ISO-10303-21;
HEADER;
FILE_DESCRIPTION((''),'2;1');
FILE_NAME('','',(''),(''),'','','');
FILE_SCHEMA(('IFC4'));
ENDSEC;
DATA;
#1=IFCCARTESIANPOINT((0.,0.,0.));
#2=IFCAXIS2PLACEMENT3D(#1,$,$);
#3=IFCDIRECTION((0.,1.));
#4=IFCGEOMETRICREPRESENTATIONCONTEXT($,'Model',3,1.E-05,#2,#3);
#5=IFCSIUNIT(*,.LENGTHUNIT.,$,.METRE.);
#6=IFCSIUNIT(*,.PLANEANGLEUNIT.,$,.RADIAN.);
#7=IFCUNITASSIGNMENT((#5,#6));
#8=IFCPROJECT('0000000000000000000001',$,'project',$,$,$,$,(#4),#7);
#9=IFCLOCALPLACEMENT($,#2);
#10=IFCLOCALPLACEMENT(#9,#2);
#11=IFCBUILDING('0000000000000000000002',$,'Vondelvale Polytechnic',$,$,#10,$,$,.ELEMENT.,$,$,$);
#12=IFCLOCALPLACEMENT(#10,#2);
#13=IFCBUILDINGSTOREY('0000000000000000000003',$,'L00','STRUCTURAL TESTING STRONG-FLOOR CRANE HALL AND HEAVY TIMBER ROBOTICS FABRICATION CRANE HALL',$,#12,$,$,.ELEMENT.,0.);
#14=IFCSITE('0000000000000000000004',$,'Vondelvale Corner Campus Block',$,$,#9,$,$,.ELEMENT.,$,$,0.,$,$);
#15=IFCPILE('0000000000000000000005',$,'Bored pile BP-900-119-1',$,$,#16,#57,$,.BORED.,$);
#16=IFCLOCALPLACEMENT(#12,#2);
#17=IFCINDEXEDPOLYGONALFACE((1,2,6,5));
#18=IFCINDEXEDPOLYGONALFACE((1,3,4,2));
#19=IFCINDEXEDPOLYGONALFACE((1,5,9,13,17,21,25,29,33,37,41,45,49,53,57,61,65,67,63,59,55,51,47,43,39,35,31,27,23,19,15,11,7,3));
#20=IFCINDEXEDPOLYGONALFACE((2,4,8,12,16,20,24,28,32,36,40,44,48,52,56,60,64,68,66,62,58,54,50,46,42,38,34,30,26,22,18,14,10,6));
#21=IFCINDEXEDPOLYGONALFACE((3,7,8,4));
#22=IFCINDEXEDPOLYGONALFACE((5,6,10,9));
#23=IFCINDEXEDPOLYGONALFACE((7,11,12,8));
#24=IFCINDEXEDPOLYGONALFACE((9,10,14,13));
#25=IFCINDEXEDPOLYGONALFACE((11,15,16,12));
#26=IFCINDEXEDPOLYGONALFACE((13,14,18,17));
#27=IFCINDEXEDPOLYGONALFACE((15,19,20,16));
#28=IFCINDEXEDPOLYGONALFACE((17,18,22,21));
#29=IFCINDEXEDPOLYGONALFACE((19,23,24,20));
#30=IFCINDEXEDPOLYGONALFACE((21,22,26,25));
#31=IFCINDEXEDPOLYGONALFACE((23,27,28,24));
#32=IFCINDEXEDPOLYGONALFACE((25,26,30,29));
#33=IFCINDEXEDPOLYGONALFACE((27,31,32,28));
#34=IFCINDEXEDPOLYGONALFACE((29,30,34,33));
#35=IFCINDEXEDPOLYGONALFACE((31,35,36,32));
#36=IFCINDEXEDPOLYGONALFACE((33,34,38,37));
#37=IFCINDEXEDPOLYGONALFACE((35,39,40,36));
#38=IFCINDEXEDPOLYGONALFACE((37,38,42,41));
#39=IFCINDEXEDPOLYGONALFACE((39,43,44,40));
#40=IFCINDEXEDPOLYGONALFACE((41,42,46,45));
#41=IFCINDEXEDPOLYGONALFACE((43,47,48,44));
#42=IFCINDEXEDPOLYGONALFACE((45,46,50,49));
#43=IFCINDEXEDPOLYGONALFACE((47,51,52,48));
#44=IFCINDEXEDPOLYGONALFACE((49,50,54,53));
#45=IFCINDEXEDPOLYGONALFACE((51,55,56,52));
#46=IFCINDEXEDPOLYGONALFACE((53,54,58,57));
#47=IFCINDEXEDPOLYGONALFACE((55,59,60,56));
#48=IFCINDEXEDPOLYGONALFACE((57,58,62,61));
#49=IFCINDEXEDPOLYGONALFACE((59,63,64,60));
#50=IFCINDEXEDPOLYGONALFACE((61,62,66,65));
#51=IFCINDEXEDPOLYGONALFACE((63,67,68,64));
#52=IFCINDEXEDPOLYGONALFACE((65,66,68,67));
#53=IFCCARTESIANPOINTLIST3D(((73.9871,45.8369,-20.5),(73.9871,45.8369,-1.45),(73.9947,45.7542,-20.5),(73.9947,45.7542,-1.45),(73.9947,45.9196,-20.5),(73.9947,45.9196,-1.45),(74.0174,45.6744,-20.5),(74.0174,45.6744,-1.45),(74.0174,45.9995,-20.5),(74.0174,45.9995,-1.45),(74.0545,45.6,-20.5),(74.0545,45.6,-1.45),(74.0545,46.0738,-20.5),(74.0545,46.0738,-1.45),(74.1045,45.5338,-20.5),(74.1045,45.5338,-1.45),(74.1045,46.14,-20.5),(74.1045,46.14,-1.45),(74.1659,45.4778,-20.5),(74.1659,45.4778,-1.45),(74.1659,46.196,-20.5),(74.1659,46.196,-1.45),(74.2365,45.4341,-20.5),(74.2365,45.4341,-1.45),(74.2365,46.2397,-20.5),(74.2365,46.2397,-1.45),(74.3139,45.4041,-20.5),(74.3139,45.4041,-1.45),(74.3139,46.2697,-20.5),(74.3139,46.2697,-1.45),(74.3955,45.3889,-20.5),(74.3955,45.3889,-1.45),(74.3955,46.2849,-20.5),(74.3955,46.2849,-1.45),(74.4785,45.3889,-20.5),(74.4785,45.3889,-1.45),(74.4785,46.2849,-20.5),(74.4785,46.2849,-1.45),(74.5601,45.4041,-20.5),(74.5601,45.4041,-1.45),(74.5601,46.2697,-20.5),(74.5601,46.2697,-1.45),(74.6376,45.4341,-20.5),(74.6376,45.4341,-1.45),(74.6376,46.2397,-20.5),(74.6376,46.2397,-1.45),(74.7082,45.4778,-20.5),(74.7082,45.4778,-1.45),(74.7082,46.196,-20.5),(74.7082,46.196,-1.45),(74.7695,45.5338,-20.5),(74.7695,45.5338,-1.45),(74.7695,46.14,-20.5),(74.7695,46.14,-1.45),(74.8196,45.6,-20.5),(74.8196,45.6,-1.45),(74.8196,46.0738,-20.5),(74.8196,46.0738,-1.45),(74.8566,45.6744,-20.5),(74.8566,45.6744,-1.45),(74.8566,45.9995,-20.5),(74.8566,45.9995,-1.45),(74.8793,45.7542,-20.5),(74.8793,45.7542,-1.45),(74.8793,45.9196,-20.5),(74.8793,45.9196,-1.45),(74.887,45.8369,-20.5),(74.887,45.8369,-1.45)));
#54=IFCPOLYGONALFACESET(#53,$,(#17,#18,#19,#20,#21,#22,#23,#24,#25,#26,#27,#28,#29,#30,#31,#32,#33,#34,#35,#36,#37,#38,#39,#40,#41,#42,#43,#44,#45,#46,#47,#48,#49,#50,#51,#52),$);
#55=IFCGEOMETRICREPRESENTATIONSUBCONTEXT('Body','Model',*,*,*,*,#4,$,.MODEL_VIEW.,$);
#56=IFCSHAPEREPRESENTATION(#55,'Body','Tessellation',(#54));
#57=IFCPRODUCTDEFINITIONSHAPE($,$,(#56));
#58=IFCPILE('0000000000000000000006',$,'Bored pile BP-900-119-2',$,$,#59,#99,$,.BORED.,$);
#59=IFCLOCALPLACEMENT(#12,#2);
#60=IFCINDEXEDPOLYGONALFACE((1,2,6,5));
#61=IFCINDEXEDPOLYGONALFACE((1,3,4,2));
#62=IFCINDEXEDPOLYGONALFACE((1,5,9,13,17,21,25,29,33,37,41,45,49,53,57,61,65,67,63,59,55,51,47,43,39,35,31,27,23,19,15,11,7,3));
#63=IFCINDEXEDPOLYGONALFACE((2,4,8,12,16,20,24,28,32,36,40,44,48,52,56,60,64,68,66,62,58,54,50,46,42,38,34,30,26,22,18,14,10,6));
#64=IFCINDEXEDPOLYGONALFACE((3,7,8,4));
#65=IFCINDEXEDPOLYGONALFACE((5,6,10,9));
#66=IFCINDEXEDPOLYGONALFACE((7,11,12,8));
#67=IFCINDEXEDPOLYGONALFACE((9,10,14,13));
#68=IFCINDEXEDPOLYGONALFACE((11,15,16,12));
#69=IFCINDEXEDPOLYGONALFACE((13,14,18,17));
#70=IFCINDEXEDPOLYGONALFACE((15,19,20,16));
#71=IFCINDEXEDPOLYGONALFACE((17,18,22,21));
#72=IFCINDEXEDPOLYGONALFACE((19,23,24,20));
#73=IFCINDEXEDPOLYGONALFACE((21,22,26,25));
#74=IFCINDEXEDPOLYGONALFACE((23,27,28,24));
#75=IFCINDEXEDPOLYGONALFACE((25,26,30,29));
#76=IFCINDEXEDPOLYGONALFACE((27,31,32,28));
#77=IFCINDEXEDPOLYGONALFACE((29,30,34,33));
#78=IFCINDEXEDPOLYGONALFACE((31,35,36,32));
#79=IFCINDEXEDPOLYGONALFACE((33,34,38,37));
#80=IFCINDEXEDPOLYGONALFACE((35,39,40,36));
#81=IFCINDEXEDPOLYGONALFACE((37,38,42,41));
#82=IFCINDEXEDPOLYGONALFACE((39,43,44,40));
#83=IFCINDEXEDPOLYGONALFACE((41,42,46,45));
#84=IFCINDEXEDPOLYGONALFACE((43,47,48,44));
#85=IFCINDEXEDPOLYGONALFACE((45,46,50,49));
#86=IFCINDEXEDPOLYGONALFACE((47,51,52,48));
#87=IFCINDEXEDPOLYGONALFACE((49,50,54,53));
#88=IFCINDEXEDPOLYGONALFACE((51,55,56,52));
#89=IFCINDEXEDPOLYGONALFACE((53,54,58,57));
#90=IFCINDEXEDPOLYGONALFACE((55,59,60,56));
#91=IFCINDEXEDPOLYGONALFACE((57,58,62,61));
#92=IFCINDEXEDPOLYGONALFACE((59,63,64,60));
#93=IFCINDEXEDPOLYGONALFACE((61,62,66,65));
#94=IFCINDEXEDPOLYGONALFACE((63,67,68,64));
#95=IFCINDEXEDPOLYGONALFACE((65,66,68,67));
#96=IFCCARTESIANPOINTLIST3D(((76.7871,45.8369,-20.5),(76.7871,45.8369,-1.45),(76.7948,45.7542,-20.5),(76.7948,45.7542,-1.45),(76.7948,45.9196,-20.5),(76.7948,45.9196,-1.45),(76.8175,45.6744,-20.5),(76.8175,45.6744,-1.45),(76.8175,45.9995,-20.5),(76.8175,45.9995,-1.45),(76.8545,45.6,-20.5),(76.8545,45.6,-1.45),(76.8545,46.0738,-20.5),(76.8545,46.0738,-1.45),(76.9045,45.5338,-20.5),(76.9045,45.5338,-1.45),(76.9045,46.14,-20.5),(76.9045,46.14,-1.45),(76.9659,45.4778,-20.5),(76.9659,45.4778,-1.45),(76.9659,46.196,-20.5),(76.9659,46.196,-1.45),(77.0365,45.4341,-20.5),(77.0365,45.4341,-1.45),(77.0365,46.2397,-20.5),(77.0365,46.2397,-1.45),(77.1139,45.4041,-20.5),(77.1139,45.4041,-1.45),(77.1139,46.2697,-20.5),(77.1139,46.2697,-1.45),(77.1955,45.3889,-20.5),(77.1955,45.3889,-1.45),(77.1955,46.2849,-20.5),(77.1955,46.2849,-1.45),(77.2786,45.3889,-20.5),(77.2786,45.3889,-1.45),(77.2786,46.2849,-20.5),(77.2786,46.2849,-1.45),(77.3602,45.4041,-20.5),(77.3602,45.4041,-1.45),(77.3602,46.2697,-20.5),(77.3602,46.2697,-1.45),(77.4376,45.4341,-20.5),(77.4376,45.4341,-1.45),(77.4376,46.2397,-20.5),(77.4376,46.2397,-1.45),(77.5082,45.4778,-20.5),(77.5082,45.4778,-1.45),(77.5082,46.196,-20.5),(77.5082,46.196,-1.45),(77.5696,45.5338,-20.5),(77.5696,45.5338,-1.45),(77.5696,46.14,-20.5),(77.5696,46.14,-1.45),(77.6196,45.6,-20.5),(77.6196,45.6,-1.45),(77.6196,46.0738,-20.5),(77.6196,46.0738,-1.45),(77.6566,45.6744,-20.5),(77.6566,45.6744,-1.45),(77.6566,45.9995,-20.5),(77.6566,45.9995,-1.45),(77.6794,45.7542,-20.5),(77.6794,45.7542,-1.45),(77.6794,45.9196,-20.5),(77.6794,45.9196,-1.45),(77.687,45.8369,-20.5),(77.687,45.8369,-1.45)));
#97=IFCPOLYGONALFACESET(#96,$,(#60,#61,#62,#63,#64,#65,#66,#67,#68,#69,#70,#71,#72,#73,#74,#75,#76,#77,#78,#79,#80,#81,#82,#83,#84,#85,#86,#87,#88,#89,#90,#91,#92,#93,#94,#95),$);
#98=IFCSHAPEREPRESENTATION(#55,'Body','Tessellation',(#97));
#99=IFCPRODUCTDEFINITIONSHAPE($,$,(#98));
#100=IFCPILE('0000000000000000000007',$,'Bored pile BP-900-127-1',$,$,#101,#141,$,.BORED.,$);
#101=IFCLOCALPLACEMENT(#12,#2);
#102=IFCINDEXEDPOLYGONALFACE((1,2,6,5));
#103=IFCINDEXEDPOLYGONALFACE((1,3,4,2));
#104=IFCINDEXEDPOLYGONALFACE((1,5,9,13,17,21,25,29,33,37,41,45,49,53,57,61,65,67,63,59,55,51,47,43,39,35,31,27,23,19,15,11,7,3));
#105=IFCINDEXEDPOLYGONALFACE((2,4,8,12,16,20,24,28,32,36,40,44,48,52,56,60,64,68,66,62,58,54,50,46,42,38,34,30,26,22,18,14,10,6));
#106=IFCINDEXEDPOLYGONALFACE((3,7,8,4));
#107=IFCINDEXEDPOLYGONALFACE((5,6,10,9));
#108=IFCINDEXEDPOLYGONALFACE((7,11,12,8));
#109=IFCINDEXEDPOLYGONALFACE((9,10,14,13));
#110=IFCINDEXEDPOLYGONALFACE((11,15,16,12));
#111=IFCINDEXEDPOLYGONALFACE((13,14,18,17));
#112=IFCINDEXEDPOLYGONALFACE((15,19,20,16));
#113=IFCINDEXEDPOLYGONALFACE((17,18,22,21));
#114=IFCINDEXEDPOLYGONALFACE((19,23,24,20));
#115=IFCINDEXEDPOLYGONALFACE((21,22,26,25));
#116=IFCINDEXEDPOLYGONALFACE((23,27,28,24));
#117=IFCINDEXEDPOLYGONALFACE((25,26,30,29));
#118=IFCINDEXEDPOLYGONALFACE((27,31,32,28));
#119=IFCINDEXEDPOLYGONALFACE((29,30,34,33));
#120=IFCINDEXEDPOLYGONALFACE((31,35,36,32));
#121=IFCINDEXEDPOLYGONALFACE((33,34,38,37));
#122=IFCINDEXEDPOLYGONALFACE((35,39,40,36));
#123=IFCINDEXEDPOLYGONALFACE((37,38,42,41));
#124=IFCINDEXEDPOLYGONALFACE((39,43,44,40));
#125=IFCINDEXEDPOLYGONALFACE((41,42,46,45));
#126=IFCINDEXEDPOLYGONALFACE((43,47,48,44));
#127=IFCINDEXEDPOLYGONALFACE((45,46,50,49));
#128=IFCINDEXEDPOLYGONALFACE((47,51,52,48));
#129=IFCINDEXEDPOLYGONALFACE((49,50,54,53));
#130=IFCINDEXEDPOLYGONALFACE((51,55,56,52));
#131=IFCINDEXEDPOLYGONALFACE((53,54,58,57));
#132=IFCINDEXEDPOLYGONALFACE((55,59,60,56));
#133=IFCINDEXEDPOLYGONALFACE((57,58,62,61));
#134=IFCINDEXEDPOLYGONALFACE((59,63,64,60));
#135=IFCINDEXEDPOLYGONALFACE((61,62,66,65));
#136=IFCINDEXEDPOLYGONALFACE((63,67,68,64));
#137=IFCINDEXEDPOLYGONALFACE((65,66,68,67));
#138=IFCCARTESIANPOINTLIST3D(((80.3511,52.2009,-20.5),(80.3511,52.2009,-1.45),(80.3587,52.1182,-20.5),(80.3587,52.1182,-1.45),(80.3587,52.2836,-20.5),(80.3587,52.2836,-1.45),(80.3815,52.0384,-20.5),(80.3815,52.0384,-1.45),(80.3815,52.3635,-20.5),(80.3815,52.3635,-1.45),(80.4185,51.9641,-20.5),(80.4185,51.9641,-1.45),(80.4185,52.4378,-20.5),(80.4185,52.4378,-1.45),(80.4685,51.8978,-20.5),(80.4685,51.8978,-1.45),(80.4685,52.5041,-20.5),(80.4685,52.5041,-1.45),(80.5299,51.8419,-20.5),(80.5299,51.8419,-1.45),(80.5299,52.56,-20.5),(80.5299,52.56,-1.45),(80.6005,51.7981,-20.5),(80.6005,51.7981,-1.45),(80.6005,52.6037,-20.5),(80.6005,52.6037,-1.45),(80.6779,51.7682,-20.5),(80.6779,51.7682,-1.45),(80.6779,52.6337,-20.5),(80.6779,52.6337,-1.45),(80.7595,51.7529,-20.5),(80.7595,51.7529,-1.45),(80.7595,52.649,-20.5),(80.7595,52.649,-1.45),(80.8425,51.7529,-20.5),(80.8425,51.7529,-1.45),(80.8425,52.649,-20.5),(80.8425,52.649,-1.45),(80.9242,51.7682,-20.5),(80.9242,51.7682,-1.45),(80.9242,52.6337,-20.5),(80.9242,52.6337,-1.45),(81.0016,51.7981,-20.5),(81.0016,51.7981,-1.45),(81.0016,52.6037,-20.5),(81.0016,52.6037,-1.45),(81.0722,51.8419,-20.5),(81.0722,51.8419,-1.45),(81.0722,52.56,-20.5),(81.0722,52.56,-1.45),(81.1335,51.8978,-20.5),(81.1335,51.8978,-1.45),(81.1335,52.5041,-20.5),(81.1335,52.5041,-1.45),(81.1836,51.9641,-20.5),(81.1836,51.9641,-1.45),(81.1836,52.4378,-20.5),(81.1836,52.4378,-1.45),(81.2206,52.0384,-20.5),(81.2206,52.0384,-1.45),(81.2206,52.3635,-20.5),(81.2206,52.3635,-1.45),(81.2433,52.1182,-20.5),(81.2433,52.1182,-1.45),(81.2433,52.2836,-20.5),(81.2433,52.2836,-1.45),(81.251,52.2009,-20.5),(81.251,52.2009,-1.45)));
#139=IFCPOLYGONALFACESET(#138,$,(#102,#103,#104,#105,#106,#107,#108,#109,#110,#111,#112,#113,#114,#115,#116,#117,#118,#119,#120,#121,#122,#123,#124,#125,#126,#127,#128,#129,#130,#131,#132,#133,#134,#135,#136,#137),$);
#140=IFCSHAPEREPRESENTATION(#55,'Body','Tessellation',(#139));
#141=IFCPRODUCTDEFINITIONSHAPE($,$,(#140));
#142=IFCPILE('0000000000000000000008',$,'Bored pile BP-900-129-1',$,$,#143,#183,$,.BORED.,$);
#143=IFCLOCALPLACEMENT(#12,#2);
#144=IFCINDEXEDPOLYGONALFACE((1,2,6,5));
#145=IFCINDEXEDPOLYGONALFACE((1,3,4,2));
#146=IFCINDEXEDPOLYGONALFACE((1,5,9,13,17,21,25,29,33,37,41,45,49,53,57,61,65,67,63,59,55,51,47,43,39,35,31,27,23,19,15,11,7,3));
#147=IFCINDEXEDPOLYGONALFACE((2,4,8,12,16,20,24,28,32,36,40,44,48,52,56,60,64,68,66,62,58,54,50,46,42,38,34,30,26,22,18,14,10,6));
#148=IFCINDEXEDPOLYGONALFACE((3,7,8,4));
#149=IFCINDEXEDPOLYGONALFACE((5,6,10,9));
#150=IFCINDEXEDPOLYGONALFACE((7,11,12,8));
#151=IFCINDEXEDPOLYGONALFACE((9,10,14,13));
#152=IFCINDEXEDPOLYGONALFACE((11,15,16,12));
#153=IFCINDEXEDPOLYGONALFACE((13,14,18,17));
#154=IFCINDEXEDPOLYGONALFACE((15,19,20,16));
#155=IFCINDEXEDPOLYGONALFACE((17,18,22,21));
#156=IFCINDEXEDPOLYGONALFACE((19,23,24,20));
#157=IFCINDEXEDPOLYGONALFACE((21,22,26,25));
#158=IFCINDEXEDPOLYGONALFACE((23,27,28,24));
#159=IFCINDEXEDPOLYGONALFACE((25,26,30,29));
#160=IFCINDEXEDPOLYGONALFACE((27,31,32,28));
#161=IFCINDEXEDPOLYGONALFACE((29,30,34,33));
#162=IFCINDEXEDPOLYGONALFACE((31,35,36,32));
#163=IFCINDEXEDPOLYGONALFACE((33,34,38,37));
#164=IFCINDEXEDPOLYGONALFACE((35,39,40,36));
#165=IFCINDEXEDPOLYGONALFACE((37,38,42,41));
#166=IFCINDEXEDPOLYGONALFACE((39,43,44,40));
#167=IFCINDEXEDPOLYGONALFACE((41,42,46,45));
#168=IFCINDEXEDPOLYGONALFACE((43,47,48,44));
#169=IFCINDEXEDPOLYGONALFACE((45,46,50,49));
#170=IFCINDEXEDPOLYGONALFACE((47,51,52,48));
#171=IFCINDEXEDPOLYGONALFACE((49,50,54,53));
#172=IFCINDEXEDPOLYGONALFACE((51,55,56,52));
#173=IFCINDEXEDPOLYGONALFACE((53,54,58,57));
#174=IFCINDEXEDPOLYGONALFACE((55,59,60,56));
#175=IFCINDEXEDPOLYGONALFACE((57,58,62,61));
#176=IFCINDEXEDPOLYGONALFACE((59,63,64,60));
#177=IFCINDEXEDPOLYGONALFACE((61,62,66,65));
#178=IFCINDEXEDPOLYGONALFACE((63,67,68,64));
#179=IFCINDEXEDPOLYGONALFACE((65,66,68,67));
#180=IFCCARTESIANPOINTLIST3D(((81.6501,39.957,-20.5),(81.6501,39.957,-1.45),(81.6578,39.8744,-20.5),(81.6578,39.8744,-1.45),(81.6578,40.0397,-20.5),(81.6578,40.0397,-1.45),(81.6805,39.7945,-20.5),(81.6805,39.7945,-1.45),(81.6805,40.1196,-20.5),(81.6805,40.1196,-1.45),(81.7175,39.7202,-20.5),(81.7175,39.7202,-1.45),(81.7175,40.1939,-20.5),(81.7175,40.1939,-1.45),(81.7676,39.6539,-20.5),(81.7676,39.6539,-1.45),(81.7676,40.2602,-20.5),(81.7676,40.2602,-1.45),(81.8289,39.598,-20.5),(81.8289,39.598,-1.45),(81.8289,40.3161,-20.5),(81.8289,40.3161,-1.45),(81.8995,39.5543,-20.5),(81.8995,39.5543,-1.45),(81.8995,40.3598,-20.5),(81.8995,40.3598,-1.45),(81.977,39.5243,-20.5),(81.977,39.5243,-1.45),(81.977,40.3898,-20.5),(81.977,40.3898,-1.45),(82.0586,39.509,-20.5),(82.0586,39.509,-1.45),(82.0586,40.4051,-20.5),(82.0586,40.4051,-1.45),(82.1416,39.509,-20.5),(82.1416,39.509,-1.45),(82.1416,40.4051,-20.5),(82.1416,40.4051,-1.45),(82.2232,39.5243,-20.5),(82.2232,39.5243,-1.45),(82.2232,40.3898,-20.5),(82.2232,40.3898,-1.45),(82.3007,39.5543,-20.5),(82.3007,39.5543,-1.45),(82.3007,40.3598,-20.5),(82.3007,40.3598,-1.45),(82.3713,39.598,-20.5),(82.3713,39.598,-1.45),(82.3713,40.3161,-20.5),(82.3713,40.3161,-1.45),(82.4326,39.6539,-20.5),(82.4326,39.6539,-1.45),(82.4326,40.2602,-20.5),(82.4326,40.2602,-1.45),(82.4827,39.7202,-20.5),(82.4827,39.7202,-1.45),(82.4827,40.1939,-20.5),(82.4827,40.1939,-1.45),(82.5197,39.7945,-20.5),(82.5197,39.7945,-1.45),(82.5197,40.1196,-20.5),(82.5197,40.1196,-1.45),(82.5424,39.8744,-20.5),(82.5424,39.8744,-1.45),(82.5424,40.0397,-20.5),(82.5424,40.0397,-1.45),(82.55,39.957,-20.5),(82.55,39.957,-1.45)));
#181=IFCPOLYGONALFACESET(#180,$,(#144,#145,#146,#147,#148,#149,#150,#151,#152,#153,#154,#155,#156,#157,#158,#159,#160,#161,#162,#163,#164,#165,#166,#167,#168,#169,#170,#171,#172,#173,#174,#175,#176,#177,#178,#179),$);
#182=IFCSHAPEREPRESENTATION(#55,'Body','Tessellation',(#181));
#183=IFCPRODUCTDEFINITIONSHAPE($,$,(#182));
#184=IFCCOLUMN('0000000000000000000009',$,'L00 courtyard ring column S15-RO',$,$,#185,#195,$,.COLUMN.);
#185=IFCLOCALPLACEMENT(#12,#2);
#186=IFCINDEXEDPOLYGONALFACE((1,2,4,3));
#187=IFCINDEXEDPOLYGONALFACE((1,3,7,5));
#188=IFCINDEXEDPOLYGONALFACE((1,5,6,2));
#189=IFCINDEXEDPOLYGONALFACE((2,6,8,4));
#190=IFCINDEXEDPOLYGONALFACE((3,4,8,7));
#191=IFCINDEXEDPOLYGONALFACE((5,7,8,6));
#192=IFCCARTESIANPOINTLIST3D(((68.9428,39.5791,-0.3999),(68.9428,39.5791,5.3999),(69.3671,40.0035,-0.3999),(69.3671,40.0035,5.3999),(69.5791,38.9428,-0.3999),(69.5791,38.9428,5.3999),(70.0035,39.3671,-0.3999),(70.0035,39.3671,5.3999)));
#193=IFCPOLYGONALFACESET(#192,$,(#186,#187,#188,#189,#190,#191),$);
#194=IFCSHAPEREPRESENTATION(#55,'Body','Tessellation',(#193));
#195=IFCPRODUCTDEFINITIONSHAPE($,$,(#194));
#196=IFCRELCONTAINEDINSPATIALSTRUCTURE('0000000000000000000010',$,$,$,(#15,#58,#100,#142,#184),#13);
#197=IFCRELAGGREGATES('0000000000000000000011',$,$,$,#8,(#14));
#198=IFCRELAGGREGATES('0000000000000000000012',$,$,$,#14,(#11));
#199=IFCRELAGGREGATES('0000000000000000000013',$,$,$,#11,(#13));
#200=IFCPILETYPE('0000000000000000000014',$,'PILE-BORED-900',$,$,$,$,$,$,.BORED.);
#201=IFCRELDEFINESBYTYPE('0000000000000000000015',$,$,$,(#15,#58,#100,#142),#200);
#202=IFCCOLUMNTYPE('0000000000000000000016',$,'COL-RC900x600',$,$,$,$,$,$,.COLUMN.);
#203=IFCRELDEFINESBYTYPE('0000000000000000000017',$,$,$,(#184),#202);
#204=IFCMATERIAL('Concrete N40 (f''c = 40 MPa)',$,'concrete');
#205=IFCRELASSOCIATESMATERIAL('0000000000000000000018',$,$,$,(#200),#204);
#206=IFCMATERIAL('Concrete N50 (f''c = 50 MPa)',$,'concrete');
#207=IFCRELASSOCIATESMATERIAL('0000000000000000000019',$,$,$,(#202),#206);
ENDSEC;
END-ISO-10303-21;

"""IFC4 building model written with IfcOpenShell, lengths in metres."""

from ifc_helpers import new_model, si_unit, direction, frame, origin, origin_2d, place, context, subcontext, project, spatial, rectangle, circle, extrude, material, material_profile, profile_set, type_object, element, save


model = new_model("IFC4")

# Units and contexts
model_context = context("Model", 3, precision=1e-05, world=origin(), true_north=direction((0.0, 1.0)))
body_context = subcontext(model_context, "Body", "Model", "MODEL_VIEW")
ifc_project = project(units=[si_unit("LENGTHUNIT", "METRE"), si_unit("PLANEANGLEUNIT", "RADIAN")], contexts=[model_context])

# Site, building, storey
site_placement = place(None, origin())
site = spatial("IfcSite", under=ifc_project, at=site_placement, Name="Vondelvale Corner Campus Block", CompositionType="ELEMENT", RefElevation=0.0)
building_placement = place(site_placement, origin())
building = spatial("IfcBuilding", under=site, at=building_placement, Name="Vondelvale Polytechnic", CompositionType="ELEMENT")
storey_placement = place(building_placement, origin())
storey = spatial("IfcBuildingStorey", under=building, at=storey_placement, Name="L00", Description="STRUCTURAL TESTING STRONG-FLOOR CRANE HALL AND HEAVY TIMBER ROBOTICS FABRICATION CRANE HALL", CompositionType="ELEMENT", Elevation=0.0)

# Shared definitions
ifc_material_1 = material(Name="Concrete N40 (f'c = 40 MPa)", Category="concrete")

# Piles
ifc_material_profile_1 = material_profile(ifc_material_1, circle(Radius=0.45, at=origin_2d()), Name="PILE-D900")
ifc_profile_set_1 = profile_set([ifc_material_profile_1], Name="Concrete N40 (f'c = 40 MPa)")
pile_type_1 = type_object("IfcPileType", Name="PILE-BORED-900", PredefinedType="BORED", material=ifc_profile_set_1)
for number, where, z_axis, x_axis, name in (
    (1, (74.437, 45.8369, -1.45), (0.0, 0.0, -1.0), (1.0, 0.0, 0.0), "Bored pile BP-900-119-1"),
    (2, (77.2371, 45.8369, -1.45), (0.0, 0.0, -1.0), (1.0, 0.0, 0.0), "Bored pile BP-900-119-2"),
    (3, (80.801, 52.2009, -1.45), (0.0, 0.0, -1.0), (1.0, 0.0, 0.0), "Bored pile BP-900-127-1"),
    (4, (82.1001, 39.957, -1.45), (0.0, 0.0, -1.0), (1.0, 0.0, 0.0), "Bored pile BP-900-129-1"),
):
    element("IfcPile", number, at=place(storey_placement, frame(where, z_axis=z_axis, x_axis=x_axis)), inside=storey, type_object=pile_type_1, Name=name, PredefinedType="BORED", context=body_context, shape_type="SweptSolid", body=[
        extrude(circle(Radius=0.45, at=origin_2d()), origin(), (0.0, 0.0, 1.0), 19.05),
    ])

# Column
ifc_material_2 = material(Name="Concrete N50 (f'c = 50 MPa)", Category="concrete")
ifc_material_profile_2 = material_profile(ifc_material_2, rectangle(XDim=0.6001, YDim=0.8999, at=origin_2d()), Name="RC-COL-900x600")
ifc_profile_set_2 = profile_set([ifc_material_profile_2], Name="Concrete N50 (f'c = 50 MPa)")
column_type_1 = type_object("IfcColumnType", Name="COL-RC900x600", PredefinedType="COLUMN", material=ifc_profile_set_2)
column_1_placement = place(storey_placement, frame((69.4731, 39.4731, -0.3999), z_axis=(0.0, 0.0, 1.0), x_axis=(0.707107, 0.707107, 0.0)))
element("IfcColumn", 5, at=column_1_placement, inside=storey, type_object=column_type_1, Name="L00 courtyard ring column S15-RO", PredefinedType="COLUMN", context=body_context, shape_type="SweptSolid", body=[
    extrude(rectangle(XDim=0.6001, YDim=0.8999, at=origin_2d()), origin(), (0.0, 0.0, 1.0), 5.7998),
])

save(model, "model.ifc")
